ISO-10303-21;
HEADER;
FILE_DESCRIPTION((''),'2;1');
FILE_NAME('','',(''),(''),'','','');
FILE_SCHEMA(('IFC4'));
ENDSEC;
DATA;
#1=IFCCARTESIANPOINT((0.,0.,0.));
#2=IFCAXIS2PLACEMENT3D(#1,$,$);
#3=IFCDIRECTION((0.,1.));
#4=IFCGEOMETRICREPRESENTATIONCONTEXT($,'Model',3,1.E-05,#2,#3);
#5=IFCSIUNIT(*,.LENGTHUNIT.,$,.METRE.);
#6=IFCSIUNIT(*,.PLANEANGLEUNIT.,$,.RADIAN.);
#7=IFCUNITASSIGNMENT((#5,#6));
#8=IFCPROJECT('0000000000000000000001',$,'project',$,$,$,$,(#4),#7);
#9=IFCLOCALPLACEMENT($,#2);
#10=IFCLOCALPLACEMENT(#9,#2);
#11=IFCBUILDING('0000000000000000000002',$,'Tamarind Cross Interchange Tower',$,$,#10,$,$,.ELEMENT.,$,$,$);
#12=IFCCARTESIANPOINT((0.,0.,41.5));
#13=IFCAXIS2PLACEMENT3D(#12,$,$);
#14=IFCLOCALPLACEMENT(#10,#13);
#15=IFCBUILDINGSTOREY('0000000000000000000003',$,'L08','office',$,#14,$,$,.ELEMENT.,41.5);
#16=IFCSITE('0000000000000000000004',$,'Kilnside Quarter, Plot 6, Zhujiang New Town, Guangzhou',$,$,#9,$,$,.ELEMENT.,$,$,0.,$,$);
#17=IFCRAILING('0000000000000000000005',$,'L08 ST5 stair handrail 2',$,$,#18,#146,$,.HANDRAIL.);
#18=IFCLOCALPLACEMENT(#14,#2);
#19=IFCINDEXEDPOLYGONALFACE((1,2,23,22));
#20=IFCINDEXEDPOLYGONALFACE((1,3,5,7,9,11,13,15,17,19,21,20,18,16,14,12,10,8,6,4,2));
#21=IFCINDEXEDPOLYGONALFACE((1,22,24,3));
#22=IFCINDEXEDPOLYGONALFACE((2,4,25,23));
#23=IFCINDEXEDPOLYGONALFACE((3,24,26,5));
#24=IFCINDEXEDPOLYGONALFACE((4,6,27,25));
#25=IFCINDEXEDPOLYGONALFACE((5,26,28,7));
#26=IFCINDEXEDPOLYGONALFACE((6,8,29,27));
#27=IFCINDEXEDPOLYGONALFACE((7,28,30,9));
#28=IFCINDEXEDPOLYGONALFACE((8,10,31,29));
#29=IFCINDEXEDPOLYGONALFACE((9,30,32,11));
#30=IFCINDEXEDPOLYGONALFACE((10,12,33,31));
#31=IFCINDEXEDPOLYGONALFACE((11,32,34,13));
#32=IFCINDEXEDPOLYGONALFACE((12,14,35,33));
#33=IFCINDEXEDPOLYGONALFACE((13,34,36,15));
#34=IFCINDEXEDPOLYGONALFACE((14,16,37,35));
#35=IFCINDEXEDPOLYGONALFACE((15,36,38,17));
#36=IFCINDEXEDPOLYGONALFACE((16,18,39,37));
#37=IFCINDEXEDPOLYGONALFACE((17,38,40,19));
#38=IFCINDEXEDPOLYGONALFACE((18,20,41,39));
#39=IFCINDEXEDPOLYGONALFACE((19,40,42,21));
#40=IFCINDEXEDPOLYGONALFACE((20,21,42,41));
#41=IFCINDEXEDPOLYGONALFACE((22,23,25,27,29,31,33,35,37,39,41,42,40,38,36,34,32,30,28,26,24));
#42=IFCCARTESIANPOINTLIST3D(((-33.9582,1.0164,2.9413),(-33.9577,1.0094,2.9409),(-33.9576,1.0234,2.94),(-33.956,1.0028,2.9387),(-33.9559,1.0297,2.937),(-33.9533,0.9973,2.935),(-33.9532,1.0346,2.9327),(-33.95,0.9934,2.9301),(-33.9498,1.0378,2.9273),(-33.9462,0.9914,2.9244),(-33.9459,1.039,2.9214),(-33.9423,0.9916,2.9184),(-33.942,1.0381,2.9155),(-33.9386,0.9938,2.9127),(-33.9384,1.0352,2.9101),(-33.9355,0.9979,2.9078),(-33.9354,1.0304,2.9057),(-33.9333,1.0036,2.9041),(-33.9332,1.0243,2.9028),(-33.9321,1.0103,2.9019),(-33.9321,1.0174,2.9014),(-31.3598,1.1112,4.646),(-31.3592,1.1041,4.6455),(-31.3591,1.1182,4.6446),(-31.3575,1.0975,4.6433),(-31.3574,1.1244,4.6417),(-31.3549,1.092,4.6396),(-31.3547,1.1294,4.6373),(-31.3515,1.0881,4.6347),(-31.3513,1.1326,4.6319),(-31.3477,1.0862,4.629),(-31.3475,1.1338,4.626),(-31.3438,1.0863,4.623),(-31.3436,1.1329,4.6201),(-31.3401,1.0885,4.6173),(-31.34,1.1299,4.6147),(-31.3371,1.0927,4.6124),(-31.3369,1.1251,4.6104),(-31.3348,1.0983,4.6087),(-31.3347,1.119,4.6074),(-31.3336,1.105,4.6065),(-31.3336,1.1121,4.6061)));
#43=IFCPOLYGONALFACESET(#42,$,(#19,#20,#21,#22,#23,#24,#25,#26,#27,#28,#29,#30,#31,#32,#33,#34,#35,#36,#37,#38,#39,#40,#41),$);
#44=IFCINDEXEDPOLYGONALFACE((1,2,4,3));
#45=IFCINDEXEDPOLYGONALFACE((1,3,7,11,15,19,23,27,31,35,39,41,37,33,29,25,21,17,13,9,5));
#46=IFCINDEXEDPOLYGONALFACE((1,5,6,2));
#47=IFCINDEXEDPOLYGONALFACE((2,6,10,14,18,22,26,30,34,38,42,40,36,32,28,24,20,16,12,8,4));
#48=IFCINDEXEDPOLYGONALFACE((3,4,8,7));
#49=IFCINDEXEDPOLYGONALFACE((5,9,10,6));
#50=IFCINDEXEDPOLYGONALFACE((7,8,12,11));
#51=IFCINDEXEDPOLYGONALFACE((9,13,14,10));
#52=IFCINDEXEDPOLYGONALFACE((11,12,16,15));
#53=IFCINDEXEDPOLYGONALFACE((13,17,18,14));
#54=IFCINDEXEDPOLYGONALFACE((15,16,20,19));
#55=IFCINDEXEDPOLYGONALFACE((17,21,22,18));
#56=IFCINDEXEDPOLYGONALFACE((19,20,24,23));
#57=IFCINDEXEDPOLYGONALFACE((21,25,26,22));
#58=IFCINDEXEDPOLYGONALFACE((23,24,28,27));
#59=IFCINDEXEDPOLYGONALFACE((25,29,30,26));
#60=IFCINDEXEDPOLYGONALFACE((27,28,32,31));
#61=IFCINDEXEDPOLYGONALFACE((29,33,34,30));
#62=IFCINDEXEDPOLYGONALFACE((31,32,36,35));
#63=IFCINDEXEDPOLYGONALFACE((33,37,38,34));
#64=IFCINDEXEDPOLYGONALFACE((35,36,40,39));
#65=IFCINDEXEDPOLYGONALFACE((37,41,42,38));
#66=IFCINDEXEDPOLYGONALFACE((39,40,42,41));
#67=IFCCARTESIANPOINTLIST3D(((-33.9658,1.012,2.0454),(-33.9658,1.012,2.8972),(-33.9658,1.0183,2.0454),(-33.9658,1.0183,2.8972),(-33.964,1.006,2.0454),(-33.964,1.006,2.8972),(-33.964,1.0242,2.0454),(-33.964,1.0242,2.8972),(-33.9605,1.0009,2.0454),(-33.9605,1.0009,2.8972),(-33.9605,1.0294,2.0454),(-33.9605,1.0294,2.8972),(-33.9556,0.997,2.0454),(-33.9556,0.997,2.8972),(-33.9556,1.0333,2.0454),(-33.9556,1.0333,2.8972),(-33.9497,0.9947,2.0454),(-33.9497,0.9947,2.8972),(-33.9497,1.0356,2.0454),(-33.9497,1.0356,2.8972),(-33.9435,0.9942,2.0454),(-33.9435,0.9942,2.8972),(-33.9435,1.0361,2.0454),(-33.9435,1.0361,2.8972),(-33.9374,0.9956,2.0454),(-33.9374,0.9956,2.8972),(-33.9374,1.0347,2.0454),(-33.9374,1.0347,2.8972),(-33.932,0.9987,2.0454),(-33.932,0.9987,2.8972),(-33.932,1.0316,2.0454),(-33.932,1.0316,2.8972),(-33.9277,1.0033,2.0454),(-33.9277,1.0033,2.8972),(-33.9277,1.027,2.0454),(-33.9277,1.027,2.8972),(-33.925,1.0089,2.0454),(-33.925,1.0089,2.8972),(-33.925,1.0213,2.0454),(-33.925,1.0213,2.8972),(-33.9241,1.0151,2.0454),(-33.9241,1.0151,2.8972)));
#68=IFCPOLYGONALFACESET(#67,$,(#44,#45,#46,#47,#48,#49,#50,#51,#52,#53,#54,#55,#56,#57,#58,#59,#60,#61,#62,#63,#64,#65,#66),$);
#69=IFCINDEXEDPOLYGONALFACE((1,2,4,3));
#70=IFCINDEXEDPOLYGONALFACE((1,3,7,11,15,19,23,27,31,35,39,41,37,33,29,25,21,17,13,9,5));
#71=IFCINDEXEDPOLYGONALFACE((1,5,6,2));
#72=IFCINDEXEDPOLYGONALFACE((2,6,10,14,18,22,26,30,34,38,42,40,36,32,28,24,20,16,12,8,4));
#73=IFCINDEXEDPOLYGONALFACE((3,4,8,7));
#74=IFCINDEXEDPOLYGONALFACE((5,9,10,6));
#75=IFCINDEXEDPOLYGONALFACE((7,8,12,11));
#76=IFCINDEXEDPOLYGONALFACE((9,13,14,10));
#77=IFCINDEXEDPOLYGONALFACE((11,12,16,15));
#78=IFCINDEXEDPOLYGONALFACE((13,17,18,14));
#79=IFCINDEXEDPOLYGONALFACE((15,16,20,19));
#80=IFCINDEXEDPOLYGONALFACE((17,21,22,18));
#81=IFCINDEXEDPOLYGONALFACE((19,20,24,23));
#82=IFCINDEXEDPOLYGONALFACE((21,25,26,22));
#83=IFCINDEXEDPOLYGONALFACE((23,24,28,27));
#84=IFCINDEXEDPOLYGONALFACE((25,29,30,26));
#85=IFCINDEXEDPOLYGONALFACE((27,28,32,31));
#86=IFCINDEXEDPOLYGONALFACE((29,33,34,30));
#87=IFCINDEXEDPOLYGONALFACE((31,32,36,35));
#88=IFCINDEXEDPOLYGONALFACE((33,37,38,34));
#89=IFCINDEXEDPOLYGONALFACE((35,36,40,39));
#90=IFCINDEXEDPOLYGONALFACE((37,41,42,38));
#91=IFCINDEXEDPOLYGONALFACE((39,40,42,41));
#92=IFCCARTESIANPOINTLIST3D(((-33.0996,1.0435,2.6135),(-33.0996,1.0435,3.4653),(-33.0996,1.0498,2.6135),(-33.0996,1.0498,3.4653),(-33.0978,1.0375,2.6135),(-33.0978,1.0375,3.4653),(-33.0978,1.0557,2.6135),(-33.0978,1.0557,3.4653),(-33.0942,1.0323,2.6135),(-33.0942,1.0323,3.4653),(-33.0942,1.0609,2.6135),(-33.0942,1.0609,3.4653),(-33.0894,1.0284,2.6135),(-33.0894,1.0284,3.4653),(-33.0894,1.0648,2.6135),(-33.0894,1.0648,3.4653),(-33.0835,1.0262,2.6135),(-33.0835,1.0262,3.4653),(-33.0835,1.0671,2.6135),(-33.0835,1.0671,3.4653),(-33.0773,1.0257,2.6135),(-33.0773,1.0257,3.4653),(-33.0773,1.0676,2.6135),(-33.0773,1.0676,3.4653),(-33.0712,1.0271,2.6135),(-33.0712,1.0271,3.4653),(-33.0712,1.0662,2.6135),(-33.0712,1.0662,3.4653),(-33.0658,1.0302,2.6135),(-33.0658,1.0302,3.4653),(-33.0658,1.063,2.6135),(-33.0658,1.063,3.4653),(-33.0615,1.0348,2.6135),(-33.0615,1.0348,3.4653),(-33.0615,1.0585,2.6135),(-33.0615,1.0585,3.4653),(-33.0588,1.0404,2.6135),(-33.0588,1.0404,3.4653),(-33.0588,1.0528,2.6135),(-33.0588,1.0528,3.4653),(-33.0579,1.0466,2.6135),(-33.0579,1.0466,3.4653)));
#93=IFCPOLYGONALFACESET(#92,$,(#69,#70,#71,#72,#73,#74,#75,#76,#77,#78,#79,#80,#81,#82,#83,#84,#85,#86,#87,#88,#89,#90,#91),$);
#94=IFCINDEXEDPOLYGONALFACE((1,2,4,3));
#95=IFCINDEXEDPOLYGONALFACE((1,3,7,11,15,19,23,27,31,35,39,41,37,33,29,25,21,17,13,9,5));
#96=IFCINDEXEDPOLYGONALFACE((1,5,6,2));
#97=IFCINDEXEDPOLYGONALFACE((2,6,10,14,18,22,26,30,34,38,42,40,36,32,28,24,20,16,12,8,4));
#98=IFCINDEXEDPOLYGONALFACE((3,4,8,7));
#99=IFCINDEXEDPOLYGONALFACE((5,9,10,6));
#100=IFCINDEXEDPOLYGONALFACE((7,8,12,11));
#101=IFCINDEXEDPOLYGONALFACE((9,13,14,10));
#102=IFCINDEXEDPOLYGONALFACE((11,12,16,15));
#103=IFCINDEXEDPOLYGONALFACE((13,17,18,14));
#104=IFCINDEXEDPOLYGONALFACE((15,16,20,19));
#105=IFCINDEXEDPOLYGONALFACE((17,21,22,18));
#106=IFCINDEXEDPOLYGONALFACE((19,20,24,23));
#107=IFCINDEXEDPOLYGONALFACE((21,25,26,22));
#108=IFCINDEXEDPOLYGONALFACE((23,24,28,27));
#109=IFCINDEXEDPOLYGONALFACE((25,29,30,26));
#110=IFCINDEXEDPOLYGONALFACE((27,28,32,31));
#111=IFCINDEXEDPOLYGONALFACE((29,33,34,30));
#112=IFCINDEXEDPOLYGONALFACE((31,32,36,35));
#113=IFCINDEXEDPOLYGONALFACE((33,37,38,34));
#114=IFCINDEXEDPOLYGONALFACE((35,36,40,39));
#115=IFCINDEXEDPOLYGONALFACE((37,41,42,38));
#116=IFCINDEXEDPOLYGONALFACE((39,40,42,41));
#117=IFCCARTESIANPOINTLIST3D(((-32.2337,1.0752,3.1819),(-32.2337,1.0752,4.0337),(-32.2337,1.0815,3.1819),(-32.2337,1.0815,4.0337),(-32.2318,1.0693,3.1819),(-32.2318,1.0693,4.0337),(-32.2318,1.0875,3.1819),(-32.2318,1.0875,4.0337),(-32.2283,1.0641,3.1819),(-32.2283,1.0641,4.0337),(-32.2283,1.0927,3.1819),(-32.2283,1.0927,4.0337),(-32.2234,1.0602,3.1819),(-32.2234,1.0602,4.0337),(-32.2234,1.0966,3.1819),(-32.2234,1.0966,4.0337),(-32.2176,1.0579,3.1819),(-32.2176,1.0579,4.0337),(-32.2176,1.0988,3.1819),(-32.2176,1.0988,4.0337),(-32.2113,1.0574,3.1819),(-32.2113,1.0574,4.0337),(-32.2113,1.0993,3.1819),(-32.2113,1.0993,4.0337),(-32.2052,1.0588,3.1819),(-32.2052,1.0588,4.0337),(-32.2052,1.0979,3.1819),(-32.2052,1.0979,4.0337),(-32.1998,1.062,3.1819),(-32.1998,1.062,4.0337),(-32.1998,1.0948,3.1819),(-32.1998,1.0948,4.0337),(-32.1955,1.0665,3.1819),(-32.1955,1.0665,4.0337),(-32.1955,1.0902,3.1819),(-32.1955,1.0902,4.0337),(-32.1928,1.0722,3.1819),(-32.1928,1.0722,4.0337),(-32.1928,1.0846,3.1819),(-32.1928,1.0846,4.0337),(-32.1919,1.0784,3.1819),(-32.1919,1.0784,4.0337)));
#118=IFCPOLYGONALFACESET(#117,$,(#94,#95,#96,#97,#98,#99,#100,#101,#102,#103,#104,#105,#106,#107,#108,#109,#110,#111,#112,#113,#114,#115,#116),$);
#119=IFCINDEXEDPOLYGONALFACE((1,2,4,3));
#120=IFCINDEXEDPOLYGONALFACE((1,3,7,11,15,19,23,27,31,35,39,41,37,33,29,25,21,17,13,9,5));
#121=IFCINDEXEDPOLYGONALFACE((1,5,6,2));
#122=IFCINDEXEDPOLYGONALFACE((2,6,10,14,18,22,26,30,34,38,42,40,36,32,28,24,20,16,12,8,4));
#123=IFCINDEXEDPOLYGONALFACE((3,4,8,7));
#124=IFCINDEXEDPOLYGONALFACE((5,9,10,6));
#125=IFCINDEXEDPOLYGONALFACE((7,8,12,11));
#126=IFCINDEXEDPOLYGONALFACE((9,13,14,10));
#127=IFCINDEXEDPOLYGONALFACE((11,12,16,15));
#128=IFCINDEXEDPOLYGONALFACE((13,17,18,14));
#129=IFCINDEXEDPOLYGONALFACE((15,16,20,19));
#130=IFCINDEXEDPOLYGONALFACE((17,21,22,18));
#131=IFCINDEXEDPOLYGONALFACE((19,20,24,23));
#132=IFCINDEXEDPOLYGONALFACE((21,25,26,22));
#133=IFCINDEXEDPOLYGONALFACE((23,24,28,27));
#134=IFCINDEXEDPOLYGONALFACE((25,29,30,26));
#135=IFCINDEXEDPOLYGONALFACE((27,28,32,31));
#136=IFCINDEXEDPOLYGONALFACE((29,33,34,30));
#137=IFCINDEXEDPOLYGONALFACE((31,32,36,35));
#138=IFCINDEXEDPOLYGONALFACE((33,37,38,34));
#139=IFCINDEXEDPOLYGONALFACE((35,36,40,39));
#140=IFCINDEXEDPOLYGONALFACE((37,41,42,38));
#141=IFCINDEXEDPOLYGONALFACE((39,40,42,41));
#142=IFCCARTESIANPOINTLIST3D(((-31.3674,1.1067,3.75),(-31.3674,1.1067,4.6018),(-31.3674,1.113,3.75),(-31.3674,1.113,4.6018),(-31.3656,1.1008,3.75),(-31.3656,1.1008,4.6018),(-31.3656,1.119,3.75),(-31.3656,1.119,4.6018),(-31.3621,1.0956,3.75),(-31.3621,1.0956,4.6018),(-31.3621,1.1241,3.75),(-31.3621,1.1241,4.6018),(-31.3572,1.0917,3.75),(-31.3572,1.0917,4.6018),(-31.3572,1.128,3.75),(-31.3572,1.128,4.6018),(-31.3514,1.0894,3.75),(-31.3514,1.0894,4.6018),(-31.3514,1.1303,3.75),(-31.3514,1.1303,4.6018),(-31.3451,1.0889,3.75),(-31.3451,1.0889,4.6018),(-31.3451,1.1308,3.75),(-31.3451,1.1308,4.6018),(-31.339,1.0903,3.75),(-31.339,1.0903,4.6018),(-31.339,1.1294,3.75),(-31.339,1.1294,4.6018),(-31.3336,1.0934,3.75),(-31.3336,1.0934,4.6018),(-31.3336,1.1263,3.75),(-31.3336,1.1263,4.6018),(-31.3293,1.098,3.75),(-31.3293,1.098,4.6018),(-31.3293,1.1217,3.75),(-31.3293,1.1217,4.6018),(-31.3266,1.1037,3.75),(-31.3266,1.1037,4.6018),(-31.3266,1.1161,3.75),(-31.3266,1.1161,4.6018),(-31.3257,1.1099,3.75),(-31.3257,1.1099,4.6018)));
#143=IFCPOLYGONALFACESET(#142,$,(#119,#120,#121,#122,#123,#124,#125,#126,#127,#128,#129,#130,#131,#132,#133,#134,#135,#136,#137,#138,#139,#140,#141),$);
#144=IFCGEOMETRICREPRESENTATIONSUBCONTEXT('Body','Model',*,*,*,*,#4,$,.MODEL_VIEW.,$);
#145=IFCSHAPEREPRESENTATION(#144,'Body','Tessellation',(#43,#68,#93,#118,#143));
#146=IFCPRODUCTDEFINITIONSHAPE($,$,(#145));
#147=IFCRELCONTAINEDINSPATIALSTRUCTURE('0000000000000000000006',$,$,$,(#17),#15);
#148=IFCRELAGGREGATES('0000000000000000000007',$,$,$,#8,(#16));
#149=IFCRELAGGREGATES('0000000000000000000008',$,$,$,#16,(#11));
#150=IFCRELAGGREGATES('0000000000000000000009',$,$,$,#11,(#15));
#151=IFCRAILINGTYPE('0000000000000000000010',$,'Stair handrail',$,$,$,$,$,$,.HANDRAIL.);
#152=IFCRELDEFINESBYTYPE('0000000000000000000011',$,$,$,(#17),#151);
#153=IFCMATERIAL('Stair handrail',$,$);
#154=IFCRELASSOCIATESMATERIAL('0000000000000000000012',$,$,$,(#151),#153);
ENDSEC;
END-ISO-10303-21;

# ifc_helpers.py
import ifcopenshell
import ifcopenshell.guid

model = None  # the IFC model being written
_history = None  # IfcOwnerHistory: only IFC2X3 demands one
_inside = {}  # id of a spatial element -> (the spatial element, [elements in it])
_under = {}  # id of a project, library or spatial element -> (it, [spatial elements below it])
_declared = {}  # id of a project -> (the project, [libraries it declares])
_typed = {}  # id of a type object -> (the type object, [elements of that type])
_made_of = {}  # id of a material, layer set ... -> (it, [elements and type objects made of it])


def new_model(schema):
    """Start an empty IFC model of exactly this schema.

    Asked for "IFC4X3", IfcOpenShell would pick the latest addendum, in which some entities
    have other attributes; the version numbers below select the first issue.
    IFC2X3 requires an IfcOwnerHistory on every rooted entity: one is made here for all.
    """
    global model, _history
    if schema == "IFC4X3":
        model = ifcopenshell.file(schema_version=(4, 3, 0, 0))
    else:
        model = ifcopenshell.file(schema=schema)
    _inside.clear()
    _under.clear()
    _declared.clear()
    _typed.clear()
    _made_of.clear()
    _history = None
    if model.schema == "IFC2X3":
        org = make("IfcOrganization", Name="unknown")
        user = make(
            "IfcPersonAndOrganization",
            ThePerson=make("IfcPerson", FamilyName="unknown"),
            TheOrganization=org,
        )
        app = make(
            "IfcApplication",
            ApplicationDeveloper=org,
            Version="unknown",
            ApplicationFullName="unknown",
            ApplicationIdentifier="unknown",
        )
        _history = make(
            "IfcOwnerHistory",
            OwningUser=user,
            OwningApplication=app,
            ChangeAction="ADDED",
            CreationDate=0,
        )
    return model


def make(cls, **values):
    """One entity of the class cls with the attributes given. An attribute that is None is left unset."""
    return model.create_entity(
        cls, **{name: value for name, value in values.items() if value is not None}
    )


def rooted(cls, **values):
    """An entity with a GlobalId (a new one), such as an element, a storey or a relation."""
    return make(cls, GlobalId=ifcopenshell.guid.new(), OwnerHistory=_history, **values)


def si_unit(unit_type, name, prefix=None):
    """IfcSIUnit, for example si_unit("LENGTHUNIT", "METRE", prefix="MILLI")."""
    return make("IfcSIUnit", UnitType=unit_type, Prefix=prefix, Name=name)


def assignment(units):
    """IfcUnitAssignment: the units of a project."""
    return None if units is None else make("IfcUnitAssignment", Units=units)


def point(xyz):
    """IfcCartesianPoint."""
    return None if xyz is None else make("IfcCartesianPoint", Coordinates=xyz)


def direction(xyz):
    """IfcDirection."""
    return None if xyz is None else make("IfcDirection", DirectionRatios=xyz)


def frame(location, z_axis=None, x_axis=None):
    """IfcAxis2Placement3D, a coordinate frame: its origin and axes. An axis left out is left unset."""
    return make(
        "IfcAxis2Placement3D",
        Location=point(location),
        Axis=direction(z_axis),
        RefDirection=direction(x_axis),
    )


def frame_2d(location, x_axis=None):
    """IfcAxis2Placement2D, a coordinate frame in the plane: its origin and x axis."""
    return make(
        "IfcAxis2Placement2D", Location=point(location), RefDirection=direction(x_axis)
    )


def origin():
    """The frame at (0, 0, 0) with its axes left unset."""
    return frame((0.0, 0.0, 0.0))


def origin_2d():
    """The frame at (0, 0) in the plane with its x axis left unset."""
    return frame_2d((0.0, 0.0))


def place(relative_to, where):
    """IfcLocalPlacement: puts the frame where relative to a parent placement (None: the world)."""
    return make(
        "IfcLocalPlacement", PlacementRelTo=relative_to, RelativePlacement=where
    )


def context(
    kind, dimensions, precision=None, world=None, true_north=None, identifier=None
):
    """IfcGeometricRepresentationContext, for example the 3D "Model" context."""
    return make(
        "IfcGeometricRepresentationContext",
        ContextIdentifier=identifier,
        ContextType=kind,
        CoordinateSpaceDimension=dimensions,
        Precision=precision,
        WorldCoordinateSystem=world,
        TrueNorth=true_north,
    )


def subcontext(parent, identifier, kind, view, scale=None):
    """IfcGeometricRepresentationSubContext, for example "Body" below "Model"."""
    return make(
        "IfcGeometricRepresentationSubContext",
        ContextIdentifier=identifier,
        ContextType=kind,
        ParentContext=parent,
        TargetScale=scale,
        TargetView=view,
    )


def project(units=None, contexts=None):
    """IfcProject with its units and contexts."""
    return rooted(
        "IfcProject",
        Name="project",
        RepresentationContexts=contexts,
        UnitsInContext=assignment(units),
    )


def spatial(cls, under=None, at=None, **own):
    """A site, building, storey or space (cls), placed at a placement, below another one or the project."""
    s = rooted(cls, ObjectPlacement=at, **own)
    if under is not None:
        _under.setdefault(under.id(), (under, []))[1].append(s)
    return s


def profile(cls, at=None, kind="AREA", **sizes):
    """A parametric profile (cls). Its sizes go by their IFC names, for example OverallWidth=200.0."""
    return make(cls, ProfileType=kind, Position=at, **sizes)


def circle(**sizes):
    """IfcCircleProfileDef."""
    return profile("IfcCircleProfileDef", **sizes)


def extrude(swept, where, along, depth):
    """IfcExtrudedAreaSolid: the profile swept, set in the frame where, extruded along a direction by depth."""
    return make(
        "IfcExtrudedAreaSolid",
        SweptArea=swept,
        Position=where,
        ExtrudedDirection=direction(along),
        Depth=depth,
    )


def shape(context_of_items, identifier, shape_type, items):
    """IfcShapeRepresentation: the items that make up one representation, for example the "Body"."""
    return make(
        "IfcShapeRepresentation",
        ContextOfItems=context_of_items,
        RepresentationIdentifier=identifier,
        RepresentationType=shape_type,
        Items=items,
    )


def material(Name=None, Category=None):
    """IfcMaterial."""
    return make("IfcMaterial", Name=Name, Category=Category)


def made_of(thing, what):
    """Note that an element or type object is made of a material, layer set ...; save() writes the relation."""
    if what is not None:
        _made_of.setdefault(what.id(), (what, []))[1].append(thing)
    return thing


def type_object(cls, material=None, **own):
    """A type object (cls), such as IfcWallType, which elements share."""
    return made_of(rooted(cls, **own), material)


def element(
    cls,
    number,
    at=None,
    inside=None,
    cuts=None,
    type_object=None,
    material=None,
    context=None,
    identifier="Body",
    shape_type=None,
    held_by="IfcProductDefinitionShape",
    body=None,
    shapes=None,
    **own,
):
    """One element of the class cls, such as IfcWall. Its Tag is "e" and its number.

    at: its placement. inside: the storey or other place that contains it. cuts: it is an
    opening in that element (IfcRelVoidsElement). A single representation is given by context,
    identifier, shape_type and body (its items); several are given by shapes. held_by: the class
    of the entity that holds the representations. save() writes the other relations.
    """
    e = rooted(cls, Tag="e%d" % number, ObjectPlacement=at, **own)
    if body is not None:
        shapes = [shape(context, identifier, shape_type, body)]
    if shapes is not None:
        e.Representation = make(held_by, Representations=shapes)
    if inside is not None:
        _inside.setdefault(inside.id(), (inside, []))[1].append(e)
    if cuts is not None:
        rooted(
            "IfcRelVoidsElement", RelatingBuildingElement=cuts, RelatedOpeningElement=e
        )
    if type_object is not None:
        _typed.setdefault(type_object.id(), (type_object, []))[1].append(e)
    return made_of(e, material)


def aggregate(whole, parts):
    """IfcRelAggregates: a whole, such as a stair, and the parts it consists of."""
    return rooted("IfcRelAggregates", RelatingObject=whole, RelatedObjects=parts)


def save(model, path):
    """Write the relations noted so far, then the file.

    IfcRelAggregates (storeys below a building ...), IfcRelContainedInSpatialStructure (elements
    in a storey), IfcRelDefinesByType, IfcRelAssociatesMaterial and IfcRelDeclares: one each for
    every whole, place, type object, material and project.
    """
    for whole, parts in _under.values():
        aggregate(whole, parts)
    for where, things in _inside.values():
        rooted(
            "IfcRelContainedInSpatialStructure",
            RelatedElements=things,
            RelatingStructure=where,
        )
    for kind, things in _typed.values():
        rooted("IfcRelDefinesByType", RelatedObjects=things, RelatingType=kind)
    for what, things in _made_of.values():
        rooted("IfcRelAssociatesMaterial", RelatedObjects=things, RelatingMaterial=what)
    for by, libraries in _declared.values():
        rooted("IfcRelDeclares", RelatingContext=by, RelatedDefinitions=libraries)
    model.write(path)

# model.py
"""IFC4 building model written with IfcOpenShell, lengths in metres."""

from ifc_helpers import new_model, si_unit, direction, frame, origin, origin_2d, place, context, subcontext, project, spatial, circle, extrude, material, type_object, element, save


model = new_model("IFC4")

# Units and contexts
model_context = context("Model", 3, precision=1e-05, world=origin(), true_north=direction((0.0, 1.0)))
body_context = subcontext(model_context, "Body", "Model", "MODEL_VIEW")
ifc_project = project(units=[si_unit("LENGTHUNIT", "METRE"), si_unit("PLANEANGLEUNIT", "RADIAN")], contexts=[model_context])

# Site, building, storey
site_placement = place(None, origin())
site = spatial("IfcSite", under=ifc_project, at=site_placement, Name="Kilnside Quarter, Plot 6, Zhujiang New Town, Guangzhou", CompositionType="ELEMENT", RefElevation=0.0)
building_placement = place(site_placement, origin())
building = spatial("IfcBuilding", under=site, at=building_placement, Name="Tamarind Cross Interchange Tower", CompositionType="ELEMENT")
storey_placement = place(building_placement, frame((0.0, 0.0, 41.5)))
storey = spatial("IfcBuildingStorey", under=building, at=storey_placement, Name="L08", Description="office", CompositionType="ELEMENT", Elevation=41.5)

# Railing
ifc_material_1 = material(Name="Stair handrail")
railing_type_1 = type_object("IfcRailingType", Name="Stair handrail", PredefinedType="HANDRAIL", material=ifc_material_1)
railing_1_placement = place(storey_placement, frame((-33.9451, 1.0151, 2.0454)))
element("IfcRailing", 1, at=railing_1_placement, inside=storey, type_object=railing_type_1, Name="L08 ST5 stair handrail 2", PredefinedType="HANDRAIL", context=body_context, shape_type="SweptSolid", body=[
    extrude(circle(Radius=0.0239, at=origin_2d()), frame((0.0, 0.0, 0.876), z_axis=(0.835749, 0.030468, 0.548266), x_axis=(-0.036432, 0.999336, 0.0)), (0.0, 0.0, 1.0), 3.1091),
    extrude(circle(Radius=0.021, at=origin_2d()), origin(), (0.0, 0.0, 1.0), 0.8518),
    extrude(circle(Radius=0.021, at=origin_2d()), frame((0.8662, 0.0315, 0.5681)), (0.0, 0.0, 1.0), 0.8518),
    extrude(circle(Radius=0.021, at=origin_2d()), frame((1.7322, 0.0632, 1.1365)), (0.0, 0.0, 1.0), 0.8518),
    extrude(circle(Radius=0.021, at=origin_2d()), frame((2.5984, 0.0947, 1.7046)), (0.0, 0.0, 1.0), 0.8518),
])

save(model, "model.ifc")
